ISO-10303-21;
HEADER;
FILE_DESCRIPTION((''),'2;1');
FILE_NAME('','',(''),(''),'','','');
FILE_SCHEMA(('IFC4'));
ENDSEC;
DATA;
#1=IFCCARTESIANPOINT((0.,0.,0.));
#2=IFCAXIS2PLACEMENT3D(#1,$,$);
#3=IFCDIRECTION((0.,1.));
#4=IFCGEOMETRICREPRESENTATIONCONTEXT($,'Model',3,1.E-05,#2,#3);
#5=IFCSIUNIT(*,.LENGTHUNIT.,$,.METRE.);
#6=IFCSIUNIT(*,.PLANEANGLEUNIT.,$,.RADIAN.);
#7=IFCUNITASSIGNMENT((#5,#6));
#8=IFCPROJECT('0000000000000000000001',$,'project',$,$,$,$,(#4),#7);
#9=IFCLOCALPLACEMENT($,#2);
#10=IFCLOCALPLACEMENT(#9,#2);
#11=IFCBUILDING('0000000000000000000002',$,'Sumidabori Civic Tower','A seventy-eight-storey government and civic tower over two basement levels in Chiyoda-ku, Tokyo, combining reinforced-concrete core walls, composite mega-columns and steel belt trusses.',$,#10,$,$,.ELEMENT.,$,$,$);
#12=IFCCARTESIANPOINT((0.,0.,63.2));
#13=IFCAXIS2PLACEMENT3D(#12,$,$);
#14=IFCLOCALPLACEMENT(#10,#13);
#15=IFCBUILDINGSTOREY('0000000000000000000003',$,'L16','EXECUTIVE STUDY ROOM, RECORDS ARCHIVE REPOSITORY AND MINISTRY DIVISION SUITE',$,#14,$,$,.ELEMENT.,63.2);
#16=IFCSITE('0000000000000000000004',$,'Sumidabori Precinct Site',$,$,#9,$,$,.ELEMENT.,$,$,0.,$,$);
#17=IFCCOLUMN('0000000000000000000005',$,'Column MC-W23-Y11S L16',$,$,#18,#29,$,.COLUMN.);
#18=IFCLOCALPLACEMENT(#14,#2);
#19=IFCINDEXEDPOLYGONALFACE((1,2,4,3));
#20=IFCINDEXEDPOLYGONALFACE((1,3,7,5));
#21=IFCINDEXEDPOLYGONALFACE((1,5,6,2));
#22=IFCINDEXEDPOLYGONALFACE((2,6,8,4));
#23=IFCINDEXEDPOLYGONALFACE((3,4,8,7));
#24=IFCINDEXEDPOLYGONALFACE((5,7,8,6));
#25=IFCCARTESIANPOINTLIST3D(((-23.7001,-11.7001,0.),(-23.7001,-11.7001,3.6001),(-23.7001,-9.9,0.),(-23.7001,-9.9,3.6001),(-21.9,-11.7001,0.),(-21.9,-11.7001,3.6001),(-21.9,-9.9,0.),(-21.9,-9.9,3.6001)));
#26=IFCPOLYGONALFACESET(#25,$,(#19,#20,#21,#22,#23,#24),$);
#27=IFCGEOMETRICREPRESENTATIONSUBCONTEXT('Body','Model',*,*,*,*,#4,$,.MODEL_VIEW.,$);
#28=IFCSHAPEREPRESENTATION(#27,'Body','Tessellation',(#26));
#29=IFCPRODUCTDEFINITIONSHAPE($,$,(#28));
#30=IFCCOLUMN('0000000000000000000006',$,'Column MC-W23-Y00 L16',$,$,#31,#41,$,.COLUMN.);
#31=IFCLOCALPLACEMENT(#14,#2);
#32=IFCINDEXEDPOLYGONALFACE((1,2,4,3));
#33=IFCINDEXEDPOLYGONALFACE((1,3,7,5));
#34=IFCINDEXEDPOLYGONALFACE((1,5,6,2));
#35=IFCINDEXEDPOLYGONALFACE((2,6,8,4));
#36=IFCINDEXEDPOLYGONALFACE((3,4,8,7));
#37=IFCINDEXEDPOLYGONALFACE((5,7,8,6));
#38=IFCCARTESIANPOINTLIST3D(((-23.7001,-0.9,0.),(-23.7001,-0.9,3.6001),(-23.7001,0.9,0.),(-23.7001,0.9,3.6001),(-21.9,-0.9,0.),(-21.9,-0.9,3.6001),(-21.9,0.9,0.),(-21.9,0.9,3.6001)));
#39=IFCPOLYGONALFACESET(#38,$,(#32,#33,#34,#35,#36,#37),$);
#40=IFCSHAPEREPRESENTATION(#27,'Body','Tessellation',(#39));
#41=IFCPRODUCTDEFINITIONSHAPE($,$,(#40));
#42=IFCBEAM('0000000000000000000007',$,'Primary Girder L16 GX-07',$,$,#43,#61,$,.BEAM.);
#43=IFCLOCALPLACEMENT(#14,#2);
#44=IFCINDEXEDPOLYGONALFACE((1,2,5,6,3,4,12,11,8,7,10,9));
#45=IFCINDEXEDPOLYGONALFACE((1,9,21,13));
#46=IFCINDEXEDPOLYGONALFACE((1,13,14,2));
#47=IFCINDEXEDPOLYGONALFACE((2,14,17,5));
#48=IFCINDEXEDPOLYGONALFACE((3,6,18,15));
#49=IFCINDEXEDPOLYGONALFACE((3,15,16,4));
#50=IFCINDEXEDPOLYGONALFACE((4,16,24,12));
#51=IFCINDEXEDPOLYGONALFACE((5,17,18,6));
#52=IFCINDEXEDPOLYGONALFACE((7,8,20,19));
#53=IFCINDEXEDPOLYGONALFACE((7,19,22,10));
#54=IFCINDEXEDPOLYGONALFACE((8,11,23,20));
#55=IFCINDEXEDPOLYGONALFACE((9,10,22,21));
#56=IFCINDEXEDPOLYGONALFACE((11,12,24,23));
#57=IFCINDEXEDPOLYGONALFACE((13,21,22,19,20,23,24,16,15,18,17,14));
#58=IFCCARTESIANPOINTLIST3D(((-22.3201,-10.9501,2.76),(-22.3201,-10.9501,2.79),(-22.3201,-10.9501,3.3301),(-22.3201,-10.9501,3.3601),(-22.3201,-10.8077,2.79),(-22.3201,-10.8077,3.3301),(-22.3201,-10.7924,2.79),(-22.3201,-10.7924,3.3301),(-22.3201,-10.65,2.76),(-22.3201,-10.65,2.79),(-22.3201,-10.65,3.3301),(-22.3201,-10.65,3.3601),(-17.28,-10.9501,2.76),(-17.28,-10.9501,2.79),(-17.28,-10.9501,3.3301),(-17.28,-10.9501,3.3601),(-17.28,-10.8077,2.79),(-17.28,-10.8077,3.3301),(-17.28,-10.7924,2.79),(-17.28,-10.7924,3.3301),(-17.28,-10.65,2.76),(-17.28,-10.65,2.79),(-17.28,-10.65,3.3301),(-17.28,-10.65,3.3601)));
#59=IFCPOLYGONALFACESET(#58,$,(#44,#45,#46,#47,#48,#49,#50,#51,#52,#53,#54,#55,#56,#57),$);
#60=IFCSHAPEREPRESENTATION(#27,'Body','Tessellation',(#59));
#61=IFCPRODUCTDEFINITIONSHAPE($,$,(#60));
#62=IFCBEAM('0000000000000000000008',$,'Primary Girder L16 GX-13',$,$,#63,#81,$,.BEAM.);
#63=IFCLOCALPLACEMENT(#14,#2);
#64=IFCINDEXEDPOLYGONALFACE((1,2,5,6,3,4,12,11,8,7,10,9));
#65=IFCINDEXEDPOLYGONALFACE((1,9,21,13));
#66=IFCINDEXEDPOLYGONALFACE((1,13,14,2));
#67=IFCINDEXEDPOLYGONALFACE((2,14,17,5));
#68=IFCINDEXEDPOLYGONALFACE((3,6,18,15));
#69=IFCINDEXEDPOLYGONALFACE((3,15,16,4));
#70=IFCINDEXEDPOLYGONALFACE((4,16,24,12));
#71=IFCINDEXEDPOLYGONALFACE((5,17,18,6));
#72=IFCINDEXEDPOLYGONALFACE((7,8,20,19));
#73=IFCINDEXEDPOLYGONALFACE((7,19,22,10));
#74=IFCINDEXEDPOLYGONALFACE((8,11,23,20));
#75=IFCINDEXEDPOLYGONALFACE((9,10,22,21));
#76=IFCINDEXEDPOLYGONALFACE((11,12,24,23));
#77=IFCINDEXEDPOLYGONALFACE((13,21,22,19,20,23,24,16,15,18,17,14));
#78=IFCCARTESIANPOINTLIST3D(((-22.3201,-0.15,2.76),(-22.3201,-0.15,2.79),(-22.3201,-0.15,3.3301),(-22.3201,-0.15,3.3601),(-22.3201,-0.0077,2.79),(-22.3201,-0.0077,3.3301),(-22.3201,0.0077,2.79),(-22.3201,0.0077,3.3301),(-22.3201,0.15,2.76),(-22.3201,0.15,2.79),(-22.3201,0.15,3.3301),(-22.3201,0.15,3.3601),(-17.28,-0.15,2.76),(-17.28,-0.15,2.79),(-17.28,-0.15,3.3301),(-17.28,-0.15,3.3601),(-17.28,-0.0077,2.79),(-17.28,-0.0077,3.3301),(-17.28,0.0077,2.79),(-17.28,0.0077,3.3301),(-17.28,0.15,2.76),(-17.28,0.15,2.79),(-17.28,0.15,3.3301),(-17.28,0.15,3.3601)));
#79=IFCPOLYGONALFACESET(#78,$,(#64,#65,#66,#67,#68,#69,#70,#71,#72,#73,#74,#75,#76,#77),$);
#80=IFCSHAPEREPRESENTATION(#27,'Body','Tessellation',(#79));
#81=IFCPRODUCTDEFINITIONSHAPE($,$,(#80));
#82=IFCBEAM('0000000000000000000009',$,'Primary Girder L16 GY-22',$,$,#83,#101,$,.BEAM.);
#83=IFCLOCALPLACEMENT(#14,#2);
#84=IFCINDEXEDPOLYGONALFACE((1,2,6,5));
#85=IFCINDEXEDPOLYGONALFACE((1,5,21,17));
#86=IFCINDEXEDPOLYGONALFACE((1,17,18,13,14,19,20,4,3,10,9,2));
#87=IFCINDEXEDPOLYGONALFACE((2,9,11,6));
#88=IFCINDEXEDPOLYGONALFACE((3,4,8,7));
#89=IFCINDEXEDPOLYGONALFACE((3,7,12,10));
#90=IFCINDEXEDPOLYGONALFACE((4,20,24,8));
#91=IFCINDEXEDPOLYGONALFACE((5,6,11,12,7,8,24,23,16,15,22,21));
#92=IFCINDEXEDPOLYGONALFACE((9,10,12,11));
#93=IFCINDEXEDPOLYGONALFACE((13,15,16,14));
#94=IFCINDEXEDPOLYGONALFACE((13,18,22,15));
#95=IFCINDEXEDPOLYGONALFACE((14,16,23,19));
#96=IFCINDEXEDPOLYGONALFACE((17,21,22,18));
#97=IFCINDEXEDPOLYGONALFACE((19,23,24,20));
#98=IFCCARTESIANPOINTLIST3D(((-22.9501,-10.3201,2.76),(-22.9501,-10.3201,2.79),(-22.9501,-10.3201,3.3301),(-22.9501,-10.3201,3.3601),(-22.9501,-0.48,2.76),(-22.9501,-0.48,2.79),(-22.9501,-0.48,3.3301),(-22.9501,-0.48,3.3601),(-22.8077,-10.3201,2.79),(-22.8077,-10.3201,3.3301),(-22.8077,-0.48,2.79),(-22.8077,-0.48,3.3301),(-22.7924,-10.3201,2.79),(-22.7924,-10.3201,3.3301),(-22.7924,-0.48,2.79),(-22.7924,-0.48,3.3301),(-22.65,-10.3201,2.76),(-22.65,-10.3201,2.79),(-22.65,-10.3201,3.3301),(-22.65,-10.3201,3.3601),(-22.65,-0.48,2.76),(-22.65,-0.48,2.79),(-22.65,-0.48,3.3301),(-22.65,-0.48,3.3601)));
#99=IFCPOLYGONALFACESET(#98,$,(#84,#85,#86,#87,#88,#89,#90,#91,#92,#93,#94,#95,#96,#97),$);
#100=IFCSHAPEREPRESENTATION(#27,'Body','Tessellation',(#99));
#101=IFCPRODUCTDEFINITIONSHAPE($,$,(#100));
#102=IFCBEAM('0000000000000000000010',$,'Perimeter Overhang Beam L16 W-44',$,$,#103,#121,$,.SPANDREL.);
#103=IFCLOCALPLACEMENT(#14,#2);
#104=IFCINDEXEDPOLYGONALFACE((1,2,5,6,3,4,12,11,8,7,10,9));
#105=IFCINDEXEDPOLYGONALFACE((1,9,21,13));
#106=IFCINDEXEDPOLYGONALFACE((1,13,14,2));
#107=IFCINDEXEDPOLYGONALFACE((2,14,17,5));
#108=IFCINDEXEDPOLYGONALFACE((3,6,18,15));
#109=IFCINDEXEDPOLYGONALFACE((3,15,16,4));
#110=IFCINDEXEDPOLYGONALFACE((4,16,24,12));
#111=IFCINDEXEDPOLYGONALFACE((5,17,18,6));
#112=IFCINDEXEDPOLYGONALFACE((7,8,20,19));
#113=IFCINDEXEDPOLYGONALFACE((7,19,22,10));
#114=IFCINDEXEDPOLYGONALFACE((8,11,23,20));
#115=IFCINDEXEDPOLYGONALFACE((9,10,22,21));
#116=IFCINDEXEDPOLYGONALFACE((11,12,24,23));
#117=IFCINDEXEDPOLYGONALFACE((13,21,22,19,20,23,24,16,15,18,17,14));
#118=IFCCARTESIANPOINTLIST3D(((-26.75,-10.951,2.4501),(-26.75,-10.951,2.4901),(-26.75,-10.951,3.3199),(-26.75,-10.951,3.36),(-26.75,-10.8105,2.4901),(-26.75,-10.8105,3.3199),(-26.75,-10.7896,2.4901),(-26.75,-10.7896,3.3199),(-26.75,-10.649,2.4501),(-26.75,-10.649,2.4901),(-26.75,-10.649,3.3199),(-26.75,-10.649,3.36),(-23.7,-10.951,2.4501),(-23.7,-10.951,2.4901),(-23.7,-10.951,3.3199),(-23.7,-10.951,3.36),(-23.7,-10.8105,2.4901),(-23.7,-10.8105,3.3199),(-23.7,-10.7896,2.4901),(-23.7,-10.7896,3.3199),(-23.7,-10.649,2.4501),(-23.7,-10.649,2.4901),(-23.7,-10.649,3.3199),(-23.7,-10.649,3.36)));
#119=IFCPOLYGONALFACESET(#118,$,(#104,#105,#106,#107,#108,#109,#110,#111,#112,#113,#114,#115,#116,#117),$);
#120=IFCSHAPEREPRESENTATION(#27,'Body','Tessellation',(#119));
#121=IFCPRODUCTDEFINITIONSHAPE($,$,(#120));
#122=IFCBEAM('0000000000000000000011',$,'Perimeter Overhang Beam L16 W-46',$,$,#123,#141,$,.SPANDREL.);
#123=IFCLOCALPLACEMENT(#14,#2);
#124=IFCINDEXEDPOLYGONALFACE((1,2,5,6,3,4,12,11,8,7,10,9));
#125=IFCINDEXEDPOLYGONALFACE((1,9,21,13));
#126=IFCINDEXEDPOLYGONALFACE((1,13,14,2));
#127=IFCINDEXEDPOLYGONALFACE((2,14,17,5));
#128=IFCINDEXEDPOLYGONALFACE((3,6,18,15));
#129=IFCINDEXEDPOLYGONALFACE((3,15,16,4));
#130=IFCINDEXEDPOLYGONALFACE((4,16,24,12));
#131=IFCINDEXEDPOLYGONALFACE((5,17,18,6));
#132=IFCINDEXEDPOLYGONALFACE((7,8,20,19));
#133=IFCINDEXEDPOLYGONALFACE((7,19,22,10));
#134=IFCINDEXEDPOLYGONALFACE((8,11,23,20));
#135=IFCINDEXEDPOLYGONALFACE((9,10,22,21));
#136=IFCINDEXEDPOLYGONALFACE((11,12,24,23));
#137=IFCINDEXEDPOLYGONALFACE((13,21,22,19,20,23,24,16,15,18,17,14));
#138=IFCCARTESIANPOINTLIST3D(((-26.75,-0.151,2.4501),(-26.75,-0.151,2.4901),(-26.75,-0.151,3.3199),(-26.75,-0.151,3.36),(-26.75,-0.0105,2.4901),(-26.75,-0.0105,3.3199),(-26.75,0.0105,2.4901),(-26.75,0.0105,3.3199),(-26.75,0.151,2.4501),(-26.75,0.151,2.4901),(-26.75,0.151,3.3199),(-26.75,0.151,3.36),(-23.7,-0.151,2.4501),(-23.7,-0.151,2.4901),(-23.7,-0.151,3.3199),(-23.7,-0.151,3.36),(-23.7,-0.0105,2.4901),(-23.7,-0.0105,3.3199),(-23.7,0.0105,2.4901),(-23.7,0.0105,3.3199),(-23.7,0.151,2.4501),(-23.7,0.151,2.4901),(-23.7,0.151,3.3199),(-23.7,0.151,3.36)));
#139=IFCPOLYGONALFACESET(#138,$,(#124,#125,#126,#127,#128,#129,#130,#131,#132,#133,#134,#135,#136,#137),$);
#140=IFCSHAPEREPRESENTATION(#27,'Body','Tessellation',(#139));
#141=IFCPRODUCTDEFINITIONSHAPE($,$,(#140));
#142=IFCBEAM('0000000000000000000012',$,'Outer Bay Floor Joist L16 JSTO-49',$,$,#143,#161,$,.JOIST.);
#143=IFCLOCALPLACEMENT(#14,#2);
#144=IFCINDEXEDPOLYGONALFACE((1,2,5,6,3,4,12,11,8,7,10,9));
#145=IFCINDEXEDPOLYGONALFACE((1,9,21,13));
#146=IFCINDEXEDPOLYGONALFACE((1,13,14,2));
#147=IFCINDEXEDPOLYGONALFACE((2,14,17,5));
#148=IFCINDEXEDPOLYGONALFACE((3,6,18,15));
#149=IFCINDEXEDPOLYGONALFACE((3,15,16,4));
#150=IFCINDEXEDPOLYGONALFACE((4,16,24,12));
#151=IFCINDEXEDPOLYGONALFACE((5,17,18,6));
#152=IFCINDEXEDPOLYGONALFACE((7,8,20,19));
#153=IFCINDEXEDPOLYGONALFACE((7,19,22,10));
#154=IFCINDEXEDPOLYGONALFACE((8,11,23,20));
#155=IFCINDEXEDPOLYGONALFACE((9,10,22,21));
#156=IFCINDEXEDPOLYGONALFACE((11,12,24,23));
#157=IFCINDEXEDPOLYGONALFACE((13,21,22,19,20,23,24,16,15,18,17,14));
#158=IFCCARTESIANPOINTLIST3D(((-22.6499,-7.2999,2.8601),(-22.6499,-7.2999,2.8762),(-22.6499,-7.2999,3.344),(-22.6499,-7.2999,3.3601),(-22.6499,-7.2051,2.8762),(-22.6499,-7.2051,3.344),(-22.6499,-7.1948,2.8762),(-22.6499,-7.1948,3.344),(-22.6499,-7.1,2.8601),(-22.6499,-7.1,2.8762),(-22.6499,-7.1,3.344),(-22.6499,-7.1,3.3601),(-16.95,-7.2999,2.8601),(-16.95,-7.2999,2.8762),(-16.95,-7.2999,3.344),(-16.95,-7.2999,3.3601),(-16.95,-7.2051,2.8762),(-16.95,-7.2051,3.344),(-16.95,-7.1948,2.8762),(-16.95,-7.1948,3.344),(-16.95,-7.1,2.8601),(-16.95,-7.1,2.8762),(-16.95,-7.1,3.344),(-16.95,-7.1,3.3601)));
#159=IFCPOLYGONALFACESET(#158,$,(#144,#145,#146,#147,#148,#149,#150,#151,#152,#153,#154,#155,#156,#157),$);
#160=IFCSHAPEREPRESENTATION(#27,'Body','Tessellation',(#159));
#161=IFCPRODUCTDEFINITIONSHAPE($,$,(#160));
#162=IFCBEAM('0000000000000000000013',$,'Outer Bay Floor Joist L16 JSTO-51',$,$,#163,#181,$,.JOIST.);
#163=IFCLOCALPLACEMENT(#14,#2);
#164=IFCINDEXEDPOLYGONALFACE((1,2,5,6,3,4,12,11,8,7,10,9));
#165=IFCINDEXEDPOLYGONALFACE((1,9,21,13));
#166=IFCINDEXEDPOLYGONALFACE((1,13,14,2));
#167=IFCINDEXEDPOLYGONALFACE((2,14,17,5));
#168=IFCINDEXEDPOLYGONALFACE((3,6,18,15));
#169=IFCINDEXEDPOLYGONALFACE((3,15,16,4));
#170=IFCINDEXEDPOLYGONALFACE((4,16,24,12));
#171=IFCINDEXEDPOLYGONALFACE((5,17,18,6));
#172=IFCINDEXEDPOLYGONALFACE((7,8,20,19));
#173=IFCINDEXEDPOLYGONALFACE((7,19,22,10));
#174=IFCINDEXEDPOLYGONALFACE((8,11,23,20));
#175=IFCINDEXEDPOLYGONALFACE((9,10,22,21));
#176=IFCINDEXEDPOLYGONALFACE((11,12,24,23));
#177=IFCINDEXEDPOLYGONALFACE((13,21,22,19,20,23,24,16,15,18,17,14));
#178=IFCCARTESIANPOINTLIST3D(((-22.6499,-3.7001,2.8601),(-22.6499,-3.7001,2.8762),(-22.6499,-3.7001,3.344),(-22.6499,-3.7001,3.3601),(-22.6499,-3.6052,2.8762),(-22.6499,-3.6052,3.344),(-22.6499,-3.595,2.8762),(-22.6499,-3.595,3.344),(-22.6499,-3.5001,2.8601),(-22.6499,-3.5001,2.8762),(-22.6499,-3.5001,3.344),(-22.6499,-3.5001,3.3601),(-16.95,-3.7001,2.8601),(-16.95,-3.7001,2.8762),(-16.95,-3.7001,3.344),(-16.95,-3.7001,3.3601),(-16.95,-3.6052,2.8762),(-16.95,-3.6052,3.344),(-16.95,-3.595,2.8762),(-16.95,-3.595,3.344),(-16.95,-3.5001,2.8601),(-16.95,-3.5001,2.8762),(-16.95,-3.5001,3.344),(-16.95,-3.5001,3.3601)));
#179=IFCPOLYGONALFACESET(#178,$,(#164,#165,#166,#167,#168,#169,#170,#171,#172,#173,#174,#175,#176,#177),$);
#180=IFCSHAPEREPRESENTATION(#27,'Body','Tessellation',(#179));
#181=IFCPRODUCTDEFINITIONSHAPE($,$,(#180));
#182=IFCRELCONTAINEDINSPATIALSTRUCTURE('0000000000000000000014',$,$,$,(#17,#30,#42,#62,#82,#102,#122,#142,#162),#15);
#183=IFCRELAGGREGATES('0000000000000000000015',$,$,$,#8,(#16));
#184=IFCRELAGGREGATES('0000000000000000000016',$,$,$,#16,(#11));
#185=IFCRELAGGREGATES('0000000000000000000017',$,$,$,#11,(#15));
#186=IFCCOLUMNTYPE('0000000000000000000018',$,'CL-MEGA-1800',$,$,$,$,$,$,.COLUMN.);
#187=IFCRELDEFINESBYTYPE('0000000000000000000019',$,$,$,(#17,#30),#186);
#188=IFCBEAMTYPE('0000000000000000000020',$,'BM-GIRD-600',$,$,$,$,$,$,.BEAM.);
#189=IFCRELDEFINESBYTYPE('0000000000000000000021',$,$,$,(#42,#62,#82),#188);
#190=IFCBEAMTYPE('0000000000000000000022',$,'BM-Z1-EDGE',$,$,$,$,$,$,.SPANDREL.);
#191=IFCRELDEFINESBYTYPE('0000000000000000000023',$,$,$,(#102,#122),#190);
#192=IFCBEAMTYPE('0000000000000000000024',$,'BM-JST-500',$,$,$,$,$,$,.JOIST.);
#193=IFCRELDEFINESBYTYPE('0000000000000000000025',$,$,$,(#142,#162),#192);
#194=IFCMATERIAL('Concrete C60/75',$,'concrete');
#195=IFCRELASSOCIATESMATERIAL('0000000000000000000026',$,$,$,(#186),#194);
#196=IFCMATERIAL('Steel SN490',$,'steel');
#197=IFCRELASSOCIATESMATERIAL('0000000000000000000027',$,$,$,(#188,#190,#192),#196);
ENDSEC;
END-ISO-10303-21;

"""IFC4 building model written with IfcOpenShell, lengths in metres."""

from ifc_helpers import new_model, si_unit, direction, frame, origin, origin_2d, place, context, subcontext, project, spatial, rectangle, i_section, extrude, source, transform, mapped, material, material_profile, profile_set, type_object, element, save


model = new_model("IFC4")

# Units and contexts
model_context = context("Model", 3, precision=1e-05, world=origin(), true_north=direction((0.0, 1.0)))
body_context = subcontext(model_context, "Body", "Model", "MODEL_VIEW")
ifc_project = project(units=[si_unit("LENGTHUNIT", "METRE"), si_unit("PLANEANGLEUNIT", "RADIAN")], contexts=[model_context])

# Site, building, storey
site_placement = place(None, origin())
site = spatial("IfcSite", under=ifc_project, at=site_placement, Name="Sumidabori Precinct Site", CompositionType="ELEMENT", RefElevation=0.0)
building_placement = place(site_placement, origin())
building = spatial("IfcBuilding", under=site, at=building_placement, Name="Sumidabori Civic Tower", Description="A seventy-eight-storey government and civic tower over two basement levels in Chiyoda-ku, Tokyo, combining reinforced-concrete core walls, composite mega-columns and steel belt trusses.", CompositionType="ELEMENT")
storey_placement = place(building_placement, frame((0.0, 0.0, 63.2)))
storey = spatial("IfcBuildingStorey", under=building, at=storey_placement, Name="L16", Description="EXECUTIVE STUDY ROOM, RECORDS ARCHIVE REPOSITORY AND MINISTRY DIVISION SUITE", CompositionType="ELEMENT", Elevation=63.2)

# Columns
ifc_material_1 = material(Name="Concrete C60/75", Category="concrete")
ifc_material_profile_1 = material_profile(ifc_material_1, rectangle(XDim=1.8, YDim=1.8, at=origin_2d()), Name="RC 1800x1800")
ifc_profile_set_1 = profile_set([ifc_material_profile_1], Name="Concrete C60/75")
column_type = type_object("IfcColumnType", Name="CL-MEGA-1800", PredefinedType="COLUMN", material=ifc_profile_set_1)
shared_shape_1 = source(origin(), body_context, "Body", "SweptSolid", [
    extrude(rectangle(XDim=1.8, YDim=1.8, at=origin_2d()), origin(), (0.0, 0.0, 1.0), 3.6001),
])
for number, where, z_axis, x_axis, name in (
    (1, (-22.8, -10.8, 0.0), (0.0, 0.0, 1.0), (1.0, 0.0, 0.0), "Column MC-W23-Y11S L16"),
    (2, (-22.8, 0.0, 0.0), (0.0, 0.0, 1.0), (1.0, 0.0, 0.0), "Column MC-W23-Y00 L16"),
):
    element("IfcColumn", number, at=place(storey_placement, frame(where, z_axis=z_axis, x_axis=x_axis)), inside=storey, type_object=column_type, Name=name, PredefinedType="COLUMN", context=body_context, shape_type="MappedRepresentation", body=[
        mapped(shared_shape_1, transform((0.0, 0.0, 0.0), x_axis=(1.0, 0.0, 0.0), y_axis=(0.0, 1.0, 0.0), z_axis=(0.0, 0.0, 1.0), scale=1.0)),
    ])

# Beams
ifc_material_2 = material(Name="Steel SN490", Category="steel")
ifc_material_profile_2 = material_profile(ifc_material_2, i_section(OverallWidth=0.3, OverallDepth=0.6001, WebThickness=0.0154, FlangeThickness=0.03, at=origin_2d()), Name="HE 600 B")
ifc_profile_set_2 = profile_set([ifc_material_profile_2], Name="Steel SN490")
beam_type_1 = type_object("IfcBeamType", Name="BM-GIRD-600", PredefinedType="BEAM", material=ifc_profile_set_2)
shared_shape_2 = source(origin(), body_context, "Body", "SweptSolid", [
    extrude(i_section(OverallWidth=0.3, OverallDepth=0.6001, WebThickness=0.0154, FlangeThickness=0.03, at=origin_2d()), origin(), (0.0, 0.0, 1.0), 5.04),
])
for number, where, z_axis, x_axis, name in (
    (3, (-22.3201, -10.8, 3.0601), (1.0, 0.0, 0.0), (0.0, 1.0, 0.0), "Primary Girder L16 GX-07"),
    (4, (-22.3201, 0.0, 3.0601), (1.0, 0.0, 0.0), (0.0, 1.0, 0.0), "Primary Girder L16 GX-13"),
):
    element("IfcBeam", number, at=place(storey_placement, frame(where, z_axis=z_axis, x_axis=x_axis)), inside=storey, type_object=beam_type_1, Name=name, PredefinedType="BEAM", context=body_context, shape_type="MappedRepresentation", body=[
        mapped(shared_shape_2, transform((0.0, 0.0, 0.0), x_axis=(1.0, 0.0, 0.0), y_axis=(0.0, 1.0, 0.0), z_axis=(0.0, 0.0, 1.0), scale=1.0)),
    ])
shared_shape_3 = source(origin(), body_context, "Body", "SweptSolid", [
    extrude(i_section(OverallWidth=0.3, OverallDepth=0.6001, WebThickness=0.0154, FlangeThickness=0.03, at=origin_2d()), origin(), (0.0, 0.0, 1.0), 9.8401),
])
beam_placement = place(storey_placement, frame((-22.8, -10.3201, 3.0601), z_axis=(0.0, 1.0, 0.0), x_axis=(-1.0, 0.0, 0.0)))
element("IfcBeam", 5, at=beam_placement, inside=storey, type_object=beam_type_1, Name="Primary Girder L16 GY-22", PredefinedType="BEAM", context=body_context, shape_type="MappedRepresentation", body=[
    mapped(shared_shape_3, transform((0.0, 0.0, 0.0), x_axis=(1.0, 0.0, 0.0), y_axis=(0.0, 1.0, 0.0), z_axis=(0.0, 0.0, 1.0), scale=1.0)),
])
ifc_material_profile_3 = material_profile(ifc_material_2, i_section(OverallWidth=0.302, OverallDepth=0.9099, WebThickness=0.021, FlangeThickness=0.04, at=origin_2d()), Name="HE 900 M")
ifc_profile_set_3 = profile_set([ifc_material_profile_3], Name="Steel SN490")
beam_type_2 = type_object("IfcBeamType", Name="BM-Z1-EDGE", PredefinedType="SPANDREL", material=ifc_profile_set_3)
shared_shape_4 = source(origin(), body_context, "Body", "SweptSolid", [
    extrude(i_section(OverallWidth=0.302, OverallDepth=0.9099, WebThickness=0.021, FlangeThickness=0.04, at=origin_2d()), origin(), (0.0, 0.0, 1.0), 3.05),
])
for number, where, z_axis, x_axis, name in (
    (6, (-26.75, -10.8, 2.905), (1.0, 0.0, 0.0), (0.0, 1.0, 0.0), "Perimeter Overhang Beam L16 W-44"),
    (7, (-26.75, 0.0, 2.905), (1.0, 0.0, 0.0), (0.0, 1.0, 0.0), "Perimeter Overhang Beam L16 W-46"),
):
    element("IfcBeam", number, at=place(storey_placement, frame(where, z_axis=z_axis, x_axis=x_axis)), inside=storey, type_object=beam_type_2, Name=name, PredefinedType="SPANDREL", context=body_context, shape_type="MappedRepresentation", body=[
        mapped(shared_shape_4, transform((0.0, 0.0, 0.0), x_axis=(1.0, 0.0, 0.0), y_axis=(0.0, 1.0, 0.0), z_axis=(0.0, 0.0, 1.0), scale=1.0)),
    ])
ifc_material_profile_4 = material_profile(ifc_material_2, i_section(OverallWidth=0.2, OverallDepth=0.5, WebThickness=0.0103, FlangeThickness=0.0161, at=origin_2d()), Name="IPE 500")
ifc_profile_set_4 = profile_set([ifc_material_profile_4], Name="Steel SN490")
beam_type_3 = type_object("IfcBeamType", Name="BM-JST-500", PredefinedType="JOIST", material=ifc_profile_set_4)
shared_shape_5 = source(origin(), body_context, "Body", "SweptSolid", [
    extrude(i_section(OverallWidth=0.2, OverallDepth=0.5, WebThickness=0.0103, FlangeThickness=0.0161, at=origin_2d()), origin(), (0.0, 0.0, 1.0), 5.7),
])
for number, where, z_axis, x_axis, name in (
    (8, (-22.6499, -7.2, 3.1101), (1.0, 0.0, 0.0), (0.0, 1.0, 0.0), "Outer Bay Floor Joist L16 JSTO-49"),
    (9, (-22.6499, -3.6001, 3.1101), (1.0, 0.0, 0.0), (0.0, 1.0, 0.0), "Outer Bay Floor Joist L16 JSTO-51"),
):
    element("IfcBeam", number, at=place(storey_placement, frame(where, z_axis=z_axis, x_axis=x_axis)), inside=storey, type_object=beam_type_3, Name=name, PredefinedType="JOIST", context=body_context, shape_type="MappedRepresentation", body=[
        mapped(shared_shape_5, transform((0.0, 0.0, 0.0), x_axis=(1.0, 0.0, 0.0), y_axis=(0.0, 1.0, 0.0), z_axis=(0.0, 0.0, 1.0), scale=1.0)),
    ])

save(model, "model.ifc")
